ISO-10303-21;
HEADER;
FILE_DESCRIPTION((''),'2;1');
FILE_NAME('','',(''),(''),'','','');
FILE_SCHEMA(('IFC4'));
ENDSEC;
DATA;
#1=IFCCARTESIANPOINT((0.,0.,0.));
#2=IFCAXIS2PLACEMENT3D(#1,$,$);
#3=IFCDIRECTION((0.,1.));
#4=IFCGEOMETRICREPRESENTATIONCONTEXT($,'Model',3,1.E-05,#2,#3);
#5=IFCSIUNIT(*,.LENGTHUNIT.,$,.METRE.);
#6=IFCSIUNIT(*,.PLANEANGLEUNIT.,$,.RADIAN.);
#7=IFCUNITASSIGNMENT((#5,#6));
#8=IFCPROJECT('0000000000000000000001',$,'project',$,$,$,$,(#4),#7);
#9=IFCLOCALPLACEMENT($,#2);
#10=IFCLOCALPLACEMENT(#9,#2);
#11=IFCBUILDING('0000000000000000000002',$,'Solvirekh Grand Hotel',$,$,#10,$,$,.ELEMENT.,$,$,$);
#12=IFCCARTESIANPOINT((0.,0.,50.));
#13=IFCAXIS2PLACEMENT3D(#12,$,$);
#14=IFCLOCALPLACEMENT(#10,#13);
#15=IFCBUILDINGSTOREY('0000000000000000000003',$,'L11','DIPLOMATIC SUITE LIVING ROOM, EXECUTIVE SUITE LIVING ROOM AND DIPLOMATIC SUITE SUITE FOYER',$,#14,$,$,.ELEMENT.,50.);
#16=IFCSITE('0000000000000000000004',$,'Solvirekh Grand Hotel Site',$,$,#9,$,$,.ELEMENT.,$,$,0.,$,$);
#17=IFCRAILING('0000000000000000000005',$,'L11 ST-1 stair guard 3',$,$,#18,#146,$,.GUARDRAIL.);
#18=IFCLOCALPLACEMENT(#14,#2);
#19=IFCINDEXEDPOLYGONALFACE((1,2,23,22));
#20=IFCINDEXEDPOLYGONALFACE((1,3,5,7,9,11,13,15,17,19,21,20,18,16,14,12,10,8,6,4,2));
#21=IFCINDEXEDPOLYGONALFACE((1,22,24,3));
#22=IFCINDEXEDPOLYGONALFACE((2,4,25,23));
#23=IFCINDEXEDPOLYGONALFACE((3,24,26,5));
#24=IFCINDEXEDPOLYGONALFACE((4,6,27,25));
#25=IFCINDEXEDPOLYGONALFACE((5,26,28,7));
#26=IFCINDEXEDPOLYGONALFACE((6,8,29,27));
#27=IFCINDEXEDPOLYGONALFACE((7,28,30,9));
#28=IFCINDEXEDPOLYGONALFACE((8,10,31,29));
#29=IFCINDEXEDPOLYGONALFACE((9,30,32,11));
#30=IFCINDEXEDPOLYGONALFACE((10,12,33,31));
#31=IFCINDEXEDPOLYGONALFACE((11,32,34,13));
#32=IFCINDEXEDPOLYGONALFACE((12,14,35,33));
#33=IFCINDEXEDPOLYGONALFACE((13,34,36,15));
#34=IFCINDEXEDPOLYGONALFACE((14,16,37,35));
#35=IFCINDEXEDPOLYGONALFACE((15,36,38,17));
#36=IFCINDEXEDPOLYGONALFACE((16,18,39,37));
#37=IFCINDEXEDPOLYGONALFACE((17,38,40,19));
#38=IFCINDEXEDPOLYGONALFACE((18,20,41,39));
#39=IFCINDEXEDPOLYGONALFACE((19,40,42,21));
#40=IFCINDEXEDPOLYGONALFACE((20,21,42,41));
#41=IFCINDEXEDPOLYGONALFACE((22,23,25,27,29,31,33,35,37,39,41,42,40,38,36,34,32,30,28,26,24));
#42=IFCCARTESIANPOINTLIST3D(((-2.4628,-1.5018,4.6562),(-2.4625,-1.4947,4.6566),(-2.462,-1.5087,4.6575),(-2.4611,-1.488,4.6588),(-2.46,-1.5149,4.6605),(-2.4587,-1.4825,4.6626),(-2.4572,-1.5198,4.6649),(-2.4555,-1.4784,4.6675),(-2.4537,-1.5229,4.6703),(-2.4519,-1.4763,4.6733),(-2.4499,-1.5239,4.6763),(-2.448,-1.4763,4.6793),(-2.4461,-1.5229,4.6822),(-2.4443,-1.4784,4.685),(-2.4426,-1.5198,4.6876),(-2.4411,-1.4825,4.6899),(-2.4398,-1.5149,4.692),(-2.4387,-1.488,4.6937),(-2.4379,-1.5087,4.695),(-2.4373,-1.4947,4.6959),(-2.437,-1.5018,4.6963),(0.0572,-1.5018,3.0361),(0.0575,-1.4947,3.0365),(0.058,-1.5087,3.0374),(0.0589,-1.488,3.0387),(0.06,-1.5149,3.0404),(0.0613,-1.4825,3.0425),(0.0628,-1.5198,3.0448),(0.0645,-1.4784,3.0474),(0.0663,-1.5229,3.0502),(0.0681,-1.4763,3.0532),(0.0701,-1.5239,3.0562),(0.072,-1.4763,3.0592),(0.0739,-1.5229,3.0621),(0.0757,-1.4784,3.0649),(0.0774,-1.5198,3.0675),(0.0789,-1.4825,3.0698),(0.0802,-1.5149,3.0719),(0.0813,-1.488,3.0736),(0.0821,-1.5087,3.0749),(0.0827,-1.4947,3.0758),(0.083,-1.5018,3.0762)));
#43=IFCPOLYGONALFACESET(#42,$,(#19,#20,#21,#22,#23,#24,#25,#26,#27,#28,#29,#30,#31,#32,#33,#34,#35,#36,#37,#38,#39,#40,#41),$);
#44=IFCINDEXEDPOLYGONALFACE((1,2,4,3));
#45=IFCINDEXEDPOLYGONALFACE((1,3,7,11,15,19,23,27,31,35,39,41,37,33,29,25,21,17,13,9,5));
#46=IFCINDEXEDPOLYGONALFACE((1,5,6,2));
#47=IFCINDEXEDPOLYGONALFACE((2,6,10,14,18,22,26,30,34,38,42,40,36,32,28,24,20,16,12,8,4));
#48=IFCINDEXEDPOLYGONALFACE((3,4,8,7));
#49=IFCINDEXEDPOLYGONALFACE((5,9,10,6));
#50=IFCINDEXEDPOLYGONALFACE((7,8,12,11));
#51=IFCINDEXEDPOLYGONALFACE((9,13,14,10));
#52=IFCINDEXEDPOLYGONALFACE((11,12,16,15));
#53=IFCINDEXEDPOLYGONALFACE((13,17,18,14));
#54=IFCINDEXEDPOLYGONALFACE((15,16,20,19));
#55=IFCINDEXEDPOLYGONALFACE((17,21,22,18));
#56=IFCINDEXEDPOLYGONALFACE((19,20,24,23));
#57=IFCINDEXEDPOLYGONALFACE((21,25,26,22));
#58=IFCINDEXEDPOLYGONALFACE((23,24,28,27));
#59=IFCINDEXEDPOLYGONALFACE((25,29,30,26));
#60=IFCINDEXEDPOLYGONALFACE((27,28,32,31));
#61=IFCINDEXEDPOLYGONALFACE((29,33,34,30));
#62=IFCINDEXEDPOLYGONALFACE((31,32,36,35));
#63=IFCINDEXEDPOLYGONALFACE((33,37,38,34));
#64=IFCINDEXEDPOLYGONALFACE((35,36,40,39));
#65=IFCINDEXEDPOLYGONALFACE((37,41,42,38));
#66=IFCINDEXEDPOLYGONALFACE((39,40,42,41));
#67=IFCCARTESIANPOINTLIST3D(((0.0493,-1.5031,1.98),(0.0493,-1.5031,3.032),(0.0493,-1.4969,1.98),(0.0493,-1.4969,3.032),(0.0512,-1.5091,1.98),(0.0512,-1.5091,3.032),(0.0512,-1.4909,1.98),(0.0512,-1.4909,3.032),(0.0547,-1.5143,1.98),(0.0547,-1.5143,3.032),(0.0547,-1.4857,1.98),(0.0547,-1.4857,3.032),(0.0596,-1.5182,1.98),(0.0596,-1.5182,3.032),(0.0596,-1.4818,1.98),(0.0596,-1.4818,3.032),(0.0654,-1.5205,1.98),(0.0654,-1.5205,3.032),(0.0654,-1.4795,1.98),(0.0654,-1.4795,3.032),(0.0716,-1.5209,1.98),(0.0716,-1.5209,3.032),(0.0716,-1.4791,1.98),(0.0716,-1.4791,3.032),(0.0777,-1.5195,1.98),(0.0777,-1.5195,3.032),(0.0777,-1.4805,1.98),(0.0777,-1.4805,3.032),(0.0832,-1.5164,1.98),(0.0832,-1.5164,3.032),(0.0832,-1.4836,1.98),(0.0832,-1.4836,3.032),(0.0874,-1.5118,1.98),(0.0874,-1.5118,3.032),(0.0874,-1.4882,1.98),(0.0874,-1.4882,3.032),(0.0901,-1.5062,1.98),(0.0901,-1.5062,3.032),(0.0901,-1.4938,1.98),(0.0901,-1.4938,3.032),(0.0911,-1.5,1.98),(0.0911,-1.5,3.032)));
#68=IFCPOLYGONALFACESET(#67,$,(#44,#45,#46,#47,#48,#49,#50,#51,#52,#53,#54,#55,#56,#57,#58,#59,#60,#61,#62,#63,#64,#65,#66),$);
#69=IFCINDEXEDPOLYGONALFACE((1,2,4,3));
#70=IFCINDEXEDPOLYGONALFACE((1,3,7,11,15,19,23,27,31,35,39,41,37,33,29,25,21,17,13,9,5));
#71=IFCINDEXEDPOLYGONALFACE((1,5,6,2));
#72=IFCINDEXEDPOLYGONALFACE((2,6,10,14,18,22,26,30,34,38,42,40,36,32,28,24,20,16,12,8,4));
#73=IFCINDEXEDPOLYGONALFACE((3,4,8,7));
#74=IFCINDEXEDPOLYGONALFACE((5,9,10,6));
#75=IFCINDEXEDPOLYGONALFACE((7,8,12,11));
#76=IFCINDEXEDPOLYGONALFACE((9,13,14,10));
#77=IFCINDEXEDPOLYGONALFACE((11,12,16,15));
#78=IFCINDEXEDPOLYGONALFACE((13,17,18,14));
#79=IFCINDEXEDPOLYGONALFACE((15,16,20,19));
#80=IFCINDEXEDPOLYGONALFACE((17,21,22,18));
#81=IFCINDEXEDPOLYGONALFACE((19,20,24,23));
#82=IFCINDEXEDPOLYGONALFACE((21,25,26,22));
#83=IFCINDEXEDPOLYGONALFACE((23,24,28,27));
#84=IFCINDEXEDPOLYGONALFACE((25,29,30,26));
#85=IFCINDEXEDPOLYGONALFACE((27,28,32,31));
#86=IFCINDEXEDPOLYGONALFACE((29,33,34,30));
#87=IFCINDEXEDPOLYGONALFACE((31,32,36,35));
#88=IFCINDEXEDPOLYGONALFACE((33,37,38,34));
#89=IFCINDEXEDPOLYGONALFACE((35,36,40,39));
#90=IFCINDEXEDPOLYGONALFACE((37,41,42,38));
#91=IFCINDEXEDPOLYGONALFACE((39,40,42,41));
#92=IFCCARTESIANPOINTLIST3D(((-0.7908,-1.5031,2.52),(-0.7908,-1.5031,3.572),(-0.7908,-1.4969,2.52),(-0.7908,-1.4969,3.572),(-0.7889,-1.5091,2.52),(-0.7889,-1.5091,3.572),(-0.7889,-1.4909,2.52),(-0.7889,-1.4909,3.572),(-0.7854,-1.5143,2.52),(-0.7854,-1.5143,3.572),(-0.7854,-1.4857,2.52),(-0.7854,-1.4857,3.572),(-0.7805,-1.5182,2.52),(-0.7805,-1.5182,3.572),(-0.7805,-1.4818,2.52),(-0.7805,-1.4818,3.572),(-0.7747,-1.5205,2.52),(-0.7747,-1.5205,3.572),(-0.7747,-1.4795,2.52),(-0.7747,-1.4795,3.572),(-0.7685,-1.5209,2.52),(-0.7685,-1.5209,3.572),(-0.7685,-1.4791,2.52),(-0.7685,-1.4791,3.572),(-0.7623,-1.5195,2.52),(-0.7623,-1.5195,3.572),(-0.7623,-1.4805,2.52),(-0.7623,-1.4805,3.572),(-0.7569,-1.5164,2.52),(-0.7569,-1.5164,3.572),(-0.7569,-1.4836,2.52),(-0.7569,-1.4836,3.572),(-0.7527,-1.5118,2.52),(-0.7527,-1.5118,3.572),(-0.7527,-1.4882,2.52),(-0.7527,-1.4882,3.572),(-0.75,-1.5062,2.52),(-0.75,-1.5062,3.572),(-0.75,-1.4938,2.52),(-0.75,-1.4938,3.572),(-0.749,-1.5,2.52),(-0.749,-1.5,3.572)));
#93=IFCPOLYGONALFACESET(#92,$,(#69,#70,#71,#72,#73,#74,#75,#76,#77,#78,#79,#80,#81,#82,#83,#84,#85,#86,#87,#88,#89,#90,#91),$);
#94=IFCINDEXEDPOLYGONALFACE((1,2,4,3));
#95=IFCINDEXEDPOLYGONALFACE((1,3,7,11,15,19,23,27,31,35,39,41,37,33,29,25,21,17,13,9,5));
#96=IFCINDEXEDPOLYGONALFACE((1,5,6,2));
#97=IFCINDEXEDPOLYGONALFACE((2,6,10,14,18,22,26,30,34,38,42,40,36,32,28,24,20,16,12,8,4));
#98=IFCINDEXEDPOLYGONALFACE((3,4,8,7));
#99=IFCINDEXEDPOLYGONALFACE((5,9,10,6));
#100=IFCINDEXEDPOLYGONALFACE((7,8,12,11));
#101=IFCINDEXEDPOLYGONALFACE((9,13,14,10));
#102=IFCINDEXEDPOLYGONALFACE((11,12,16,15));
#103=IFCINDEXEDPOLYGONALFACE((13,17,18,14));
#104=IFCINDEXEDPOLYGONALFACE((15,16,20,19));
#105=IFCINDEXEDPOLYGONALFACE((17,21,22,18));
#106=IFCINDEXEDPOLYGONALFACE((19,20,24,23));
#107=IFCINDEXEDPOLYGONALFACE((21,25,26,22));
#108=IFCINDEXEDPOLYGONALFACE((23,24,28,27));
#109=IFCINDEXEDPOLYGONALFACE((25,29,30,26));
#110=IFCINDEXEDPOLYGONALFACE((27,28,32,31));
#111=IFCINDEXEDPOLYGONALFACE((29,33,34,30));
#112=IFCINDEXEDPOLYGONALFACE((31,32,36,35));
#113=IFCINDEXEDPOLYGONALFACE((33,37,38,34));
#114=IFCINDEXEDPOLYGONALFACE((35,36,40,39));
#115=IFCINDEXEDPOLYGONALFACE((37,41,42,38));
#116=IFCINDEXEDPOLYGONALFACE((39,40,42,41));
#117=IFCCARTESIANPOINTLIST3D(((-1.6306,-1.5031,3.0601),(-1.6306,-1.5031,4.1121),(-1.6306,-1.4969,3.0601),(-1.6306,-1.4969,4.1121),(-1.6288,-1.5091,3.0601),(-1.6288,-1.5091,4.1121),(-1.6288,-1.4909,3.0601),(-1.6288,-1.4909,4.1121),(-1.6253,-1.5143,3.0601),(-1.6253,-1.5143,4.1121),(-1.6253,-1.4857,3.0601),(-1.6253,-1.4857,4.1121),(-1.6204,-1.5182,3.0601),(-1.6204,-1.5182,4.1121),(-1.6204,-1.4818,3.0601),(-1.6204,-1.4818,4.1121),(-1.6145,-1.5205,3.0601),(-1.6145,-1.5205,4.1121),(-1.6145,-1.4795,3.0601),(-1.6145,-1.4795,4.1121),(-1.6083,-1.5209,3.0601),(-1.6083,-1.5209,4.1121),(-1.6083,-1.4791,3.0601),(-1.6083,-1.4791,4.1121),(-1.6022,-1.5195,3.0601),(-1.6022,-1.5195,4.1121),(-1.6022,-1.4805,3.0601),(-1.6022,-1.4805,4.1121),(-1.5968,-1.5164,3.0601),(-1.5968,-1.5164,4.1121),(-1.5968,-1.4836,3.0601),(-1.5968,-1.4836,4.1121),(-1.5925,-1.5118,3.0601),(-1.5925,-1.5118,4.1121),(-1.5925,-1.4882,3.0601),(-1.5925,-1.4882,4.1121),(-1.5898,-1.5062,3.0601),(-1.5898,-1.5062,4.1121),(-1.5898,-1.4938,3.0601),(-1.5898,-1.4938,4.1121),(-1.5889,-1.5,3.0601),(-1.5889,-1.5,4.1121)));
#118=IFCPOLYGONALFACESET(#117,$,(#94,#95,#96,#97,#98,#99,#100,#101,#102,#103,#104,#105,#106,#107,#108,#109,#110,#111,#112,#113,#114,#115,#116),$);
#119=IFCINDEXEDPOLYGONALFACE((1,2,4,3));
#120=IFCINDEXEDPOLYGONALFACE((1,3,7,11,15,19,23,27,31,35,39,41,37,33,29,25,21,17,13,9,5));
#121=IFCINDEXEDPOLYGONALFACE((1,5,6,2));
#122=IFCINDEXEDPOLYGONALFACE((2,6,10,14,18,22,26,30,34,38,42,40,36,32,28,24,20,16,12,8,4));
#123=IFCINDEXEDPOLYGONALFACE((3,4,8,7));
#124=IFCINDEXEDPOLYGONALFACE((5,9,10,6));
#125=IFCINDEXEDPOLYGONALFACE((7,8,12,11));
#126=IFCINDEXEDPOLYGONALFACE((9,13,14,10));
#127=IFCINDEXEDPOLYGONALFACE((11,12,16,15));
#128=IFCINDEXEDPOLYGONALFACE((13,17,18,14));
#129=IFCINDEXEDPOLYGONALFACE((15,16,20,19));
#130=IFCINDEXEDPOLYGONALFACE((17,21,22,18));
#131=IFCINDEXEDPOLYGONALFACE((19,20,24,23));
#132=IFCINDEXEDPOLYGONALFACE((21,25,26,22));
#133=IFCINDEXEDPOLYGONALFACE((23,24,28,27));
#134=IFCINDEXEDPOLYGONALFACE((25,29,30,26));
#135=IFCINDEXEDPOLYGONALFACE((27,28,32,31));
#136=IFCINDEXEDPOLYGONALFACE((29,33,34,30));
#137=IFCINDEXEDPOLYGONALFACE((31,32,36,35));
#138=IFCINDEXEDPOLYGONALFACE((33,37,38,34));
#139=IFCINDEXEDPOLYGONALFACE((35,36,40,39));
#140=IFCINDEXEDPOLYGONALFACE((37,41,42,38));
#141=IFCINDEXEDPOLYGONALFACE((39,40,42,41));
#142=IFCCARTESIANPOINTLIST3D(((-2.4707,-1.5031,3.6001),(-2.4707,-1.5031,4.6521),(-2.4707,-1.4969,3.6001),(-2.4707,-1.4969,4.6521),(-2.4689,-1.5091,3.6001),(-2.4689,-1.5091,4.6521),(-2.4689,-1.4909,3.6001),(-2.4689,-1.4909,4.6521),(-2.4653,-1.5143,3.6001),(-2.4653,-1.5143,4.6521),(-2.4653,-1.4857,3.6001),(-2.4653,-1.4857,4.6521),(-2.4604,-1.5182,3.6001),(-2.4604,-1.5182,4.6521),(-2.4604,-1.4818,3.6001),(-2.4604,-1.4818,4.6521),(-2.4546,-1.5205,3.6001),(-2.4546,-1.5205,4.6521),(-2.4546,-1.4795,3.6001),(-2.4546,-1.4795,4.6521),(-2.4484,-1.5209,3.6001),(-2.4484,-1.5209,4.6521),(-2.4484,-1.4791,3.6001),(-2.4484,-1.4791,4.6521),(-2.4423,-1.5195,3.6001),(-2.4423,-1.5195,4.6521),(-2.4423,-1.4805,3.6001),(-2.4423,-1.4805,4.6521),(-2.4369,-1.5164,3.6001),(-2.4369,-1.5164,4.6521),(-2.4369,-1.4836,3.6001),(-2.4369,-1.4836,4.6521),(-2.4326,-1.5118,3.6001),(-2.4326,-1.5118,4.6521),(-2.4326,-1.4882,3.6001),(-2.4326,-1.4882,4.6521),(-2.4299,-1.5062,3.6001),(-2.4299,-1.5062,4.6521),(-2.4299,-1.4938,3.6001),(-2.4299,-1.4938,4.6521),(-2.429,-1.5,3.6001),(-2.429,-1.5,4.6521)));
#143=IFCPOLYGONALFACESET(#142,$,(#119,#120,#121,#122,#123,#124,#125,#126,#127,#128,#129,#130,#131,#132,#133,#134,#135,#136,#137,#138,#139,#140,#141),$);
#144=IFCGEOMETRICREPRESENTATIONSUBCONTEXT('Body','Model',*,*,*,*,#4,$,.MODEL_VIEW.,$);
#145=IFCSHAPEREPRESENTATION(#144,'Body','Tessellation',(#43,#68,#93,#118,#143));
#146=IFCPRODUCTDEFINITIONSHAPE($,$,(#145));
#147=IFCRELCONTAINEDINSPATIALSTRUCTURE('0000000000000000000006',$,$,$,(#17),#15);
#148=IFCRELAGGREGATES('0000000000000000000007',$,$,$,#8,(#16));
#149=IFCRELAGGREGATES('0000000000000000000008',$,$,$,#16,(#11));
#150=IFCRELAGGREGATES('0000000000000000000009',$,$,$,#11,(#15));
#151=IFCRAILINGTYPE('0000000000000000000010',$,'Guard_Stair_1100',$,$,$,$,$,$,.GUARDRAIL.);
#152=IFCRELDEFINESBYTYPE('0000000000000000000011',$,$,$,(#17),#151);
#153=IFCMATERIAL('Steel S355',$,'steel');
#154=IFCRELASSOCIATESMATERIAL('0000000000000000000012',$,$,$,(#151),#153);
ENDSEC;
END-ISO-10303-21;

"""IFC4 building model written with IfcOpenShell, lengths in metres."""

from ifc_helpers import new_model, si_unit, direction, frame, origin, origin_2d, place, context, subcontext, project, spatial, circle, extrude, material, type_object, element, save


model = new_model("IFC4")

# Units and contexts
model_context = context("Model", 3, precision=1e-05, world=origin(), true_north=direction((0.0, 1.0)))
body_context = subcontext(model_context, "Body", "Model", "MODEL_VIEW")
ifc_project = project(units=[si_unit("LENGTHUNIT", "METRE"), si_unit("PLANEANGLEUNIT", "RADIAN")], contexts=[model_context])

# Site, building, storey
site_placement = place(None, origin())
site = spatial("IfcSite", under=ifc_project, at=site_placement, Name="Solvirekh Grand Hotel Site", CompositionType="ELEMENT", RefElevation=0.0)
building_placement = place(site_placement, origin())
building = spatial("IfcBuilding", under=site, at=building_placement, Name="Solvirekh Grand Hotel", CompositionType="ELEMENT")
storey_placement = place(building_placement, frame((0.0, 0.0, 50.0)))
storey = spatial("IfcBuildingStorey", under=building, at=storey_placement, Name="L11", Description="DIPLOMATIC SUITE LIVING ROOM, EXECUTIVE SUITE LIVING ROOM AND DIPLOMATIC SUITE SUITE FOYER", CompositionType="ELEMENT", Elevation=50.0)

# Railing
ifc_material_1 = material(Name="Steel S355", Category="steel")
railing_type_1 = type_object("IfcRailingType", Name="Guard_Stair_1100", PredefinedType="GUARDRAIL", material=ifc_material_1)
railing_1_placement = place(storey_placement, frame((0.0701, -1.5, 1.98)))
element("IfcRailing", 1, at=railing_1_placement, inside=storey, type_object=railing_type_1, Name="L11 ST-1 stair guard 3", PredefinedType="GUARDRAIL", context=body_context, shape_type="SweptSolid", body=[
    extrude(circle(Radius=0.0239, at=origin_2d()), frame((0.0, 0.0, 1.0762), z_axis=(-0.841163, 0.0, 0.540782), x_axis=(0.0, -1.0, 0.0)), (0.0, 0.0, 1.0), 2.9958),
    extrude(circle(Radius=0.021, at=origin_2d()), origin(), (0.0, 0.0, 1.0), 1.052),
    extrude(circle(Radius=0.021, at=origin_2d()), frame((-0.8401, 0.0, 0.54)), (0.0, 0.0, 1.0), 1.052),
    extrude(circle(Radius=0.021, at=origin_2d()), frame((-1.6799, 0.0, 1.0801)), (0.0, 0.0, 1.0), 1.052),
    extrude(circle(Radius=0.021, at=origin_2d()), frame((-2.52, 0.0, 1.6201)), (0.0, 0.0, 1.0), 1.052),
])

save(model, "model.ifc")
